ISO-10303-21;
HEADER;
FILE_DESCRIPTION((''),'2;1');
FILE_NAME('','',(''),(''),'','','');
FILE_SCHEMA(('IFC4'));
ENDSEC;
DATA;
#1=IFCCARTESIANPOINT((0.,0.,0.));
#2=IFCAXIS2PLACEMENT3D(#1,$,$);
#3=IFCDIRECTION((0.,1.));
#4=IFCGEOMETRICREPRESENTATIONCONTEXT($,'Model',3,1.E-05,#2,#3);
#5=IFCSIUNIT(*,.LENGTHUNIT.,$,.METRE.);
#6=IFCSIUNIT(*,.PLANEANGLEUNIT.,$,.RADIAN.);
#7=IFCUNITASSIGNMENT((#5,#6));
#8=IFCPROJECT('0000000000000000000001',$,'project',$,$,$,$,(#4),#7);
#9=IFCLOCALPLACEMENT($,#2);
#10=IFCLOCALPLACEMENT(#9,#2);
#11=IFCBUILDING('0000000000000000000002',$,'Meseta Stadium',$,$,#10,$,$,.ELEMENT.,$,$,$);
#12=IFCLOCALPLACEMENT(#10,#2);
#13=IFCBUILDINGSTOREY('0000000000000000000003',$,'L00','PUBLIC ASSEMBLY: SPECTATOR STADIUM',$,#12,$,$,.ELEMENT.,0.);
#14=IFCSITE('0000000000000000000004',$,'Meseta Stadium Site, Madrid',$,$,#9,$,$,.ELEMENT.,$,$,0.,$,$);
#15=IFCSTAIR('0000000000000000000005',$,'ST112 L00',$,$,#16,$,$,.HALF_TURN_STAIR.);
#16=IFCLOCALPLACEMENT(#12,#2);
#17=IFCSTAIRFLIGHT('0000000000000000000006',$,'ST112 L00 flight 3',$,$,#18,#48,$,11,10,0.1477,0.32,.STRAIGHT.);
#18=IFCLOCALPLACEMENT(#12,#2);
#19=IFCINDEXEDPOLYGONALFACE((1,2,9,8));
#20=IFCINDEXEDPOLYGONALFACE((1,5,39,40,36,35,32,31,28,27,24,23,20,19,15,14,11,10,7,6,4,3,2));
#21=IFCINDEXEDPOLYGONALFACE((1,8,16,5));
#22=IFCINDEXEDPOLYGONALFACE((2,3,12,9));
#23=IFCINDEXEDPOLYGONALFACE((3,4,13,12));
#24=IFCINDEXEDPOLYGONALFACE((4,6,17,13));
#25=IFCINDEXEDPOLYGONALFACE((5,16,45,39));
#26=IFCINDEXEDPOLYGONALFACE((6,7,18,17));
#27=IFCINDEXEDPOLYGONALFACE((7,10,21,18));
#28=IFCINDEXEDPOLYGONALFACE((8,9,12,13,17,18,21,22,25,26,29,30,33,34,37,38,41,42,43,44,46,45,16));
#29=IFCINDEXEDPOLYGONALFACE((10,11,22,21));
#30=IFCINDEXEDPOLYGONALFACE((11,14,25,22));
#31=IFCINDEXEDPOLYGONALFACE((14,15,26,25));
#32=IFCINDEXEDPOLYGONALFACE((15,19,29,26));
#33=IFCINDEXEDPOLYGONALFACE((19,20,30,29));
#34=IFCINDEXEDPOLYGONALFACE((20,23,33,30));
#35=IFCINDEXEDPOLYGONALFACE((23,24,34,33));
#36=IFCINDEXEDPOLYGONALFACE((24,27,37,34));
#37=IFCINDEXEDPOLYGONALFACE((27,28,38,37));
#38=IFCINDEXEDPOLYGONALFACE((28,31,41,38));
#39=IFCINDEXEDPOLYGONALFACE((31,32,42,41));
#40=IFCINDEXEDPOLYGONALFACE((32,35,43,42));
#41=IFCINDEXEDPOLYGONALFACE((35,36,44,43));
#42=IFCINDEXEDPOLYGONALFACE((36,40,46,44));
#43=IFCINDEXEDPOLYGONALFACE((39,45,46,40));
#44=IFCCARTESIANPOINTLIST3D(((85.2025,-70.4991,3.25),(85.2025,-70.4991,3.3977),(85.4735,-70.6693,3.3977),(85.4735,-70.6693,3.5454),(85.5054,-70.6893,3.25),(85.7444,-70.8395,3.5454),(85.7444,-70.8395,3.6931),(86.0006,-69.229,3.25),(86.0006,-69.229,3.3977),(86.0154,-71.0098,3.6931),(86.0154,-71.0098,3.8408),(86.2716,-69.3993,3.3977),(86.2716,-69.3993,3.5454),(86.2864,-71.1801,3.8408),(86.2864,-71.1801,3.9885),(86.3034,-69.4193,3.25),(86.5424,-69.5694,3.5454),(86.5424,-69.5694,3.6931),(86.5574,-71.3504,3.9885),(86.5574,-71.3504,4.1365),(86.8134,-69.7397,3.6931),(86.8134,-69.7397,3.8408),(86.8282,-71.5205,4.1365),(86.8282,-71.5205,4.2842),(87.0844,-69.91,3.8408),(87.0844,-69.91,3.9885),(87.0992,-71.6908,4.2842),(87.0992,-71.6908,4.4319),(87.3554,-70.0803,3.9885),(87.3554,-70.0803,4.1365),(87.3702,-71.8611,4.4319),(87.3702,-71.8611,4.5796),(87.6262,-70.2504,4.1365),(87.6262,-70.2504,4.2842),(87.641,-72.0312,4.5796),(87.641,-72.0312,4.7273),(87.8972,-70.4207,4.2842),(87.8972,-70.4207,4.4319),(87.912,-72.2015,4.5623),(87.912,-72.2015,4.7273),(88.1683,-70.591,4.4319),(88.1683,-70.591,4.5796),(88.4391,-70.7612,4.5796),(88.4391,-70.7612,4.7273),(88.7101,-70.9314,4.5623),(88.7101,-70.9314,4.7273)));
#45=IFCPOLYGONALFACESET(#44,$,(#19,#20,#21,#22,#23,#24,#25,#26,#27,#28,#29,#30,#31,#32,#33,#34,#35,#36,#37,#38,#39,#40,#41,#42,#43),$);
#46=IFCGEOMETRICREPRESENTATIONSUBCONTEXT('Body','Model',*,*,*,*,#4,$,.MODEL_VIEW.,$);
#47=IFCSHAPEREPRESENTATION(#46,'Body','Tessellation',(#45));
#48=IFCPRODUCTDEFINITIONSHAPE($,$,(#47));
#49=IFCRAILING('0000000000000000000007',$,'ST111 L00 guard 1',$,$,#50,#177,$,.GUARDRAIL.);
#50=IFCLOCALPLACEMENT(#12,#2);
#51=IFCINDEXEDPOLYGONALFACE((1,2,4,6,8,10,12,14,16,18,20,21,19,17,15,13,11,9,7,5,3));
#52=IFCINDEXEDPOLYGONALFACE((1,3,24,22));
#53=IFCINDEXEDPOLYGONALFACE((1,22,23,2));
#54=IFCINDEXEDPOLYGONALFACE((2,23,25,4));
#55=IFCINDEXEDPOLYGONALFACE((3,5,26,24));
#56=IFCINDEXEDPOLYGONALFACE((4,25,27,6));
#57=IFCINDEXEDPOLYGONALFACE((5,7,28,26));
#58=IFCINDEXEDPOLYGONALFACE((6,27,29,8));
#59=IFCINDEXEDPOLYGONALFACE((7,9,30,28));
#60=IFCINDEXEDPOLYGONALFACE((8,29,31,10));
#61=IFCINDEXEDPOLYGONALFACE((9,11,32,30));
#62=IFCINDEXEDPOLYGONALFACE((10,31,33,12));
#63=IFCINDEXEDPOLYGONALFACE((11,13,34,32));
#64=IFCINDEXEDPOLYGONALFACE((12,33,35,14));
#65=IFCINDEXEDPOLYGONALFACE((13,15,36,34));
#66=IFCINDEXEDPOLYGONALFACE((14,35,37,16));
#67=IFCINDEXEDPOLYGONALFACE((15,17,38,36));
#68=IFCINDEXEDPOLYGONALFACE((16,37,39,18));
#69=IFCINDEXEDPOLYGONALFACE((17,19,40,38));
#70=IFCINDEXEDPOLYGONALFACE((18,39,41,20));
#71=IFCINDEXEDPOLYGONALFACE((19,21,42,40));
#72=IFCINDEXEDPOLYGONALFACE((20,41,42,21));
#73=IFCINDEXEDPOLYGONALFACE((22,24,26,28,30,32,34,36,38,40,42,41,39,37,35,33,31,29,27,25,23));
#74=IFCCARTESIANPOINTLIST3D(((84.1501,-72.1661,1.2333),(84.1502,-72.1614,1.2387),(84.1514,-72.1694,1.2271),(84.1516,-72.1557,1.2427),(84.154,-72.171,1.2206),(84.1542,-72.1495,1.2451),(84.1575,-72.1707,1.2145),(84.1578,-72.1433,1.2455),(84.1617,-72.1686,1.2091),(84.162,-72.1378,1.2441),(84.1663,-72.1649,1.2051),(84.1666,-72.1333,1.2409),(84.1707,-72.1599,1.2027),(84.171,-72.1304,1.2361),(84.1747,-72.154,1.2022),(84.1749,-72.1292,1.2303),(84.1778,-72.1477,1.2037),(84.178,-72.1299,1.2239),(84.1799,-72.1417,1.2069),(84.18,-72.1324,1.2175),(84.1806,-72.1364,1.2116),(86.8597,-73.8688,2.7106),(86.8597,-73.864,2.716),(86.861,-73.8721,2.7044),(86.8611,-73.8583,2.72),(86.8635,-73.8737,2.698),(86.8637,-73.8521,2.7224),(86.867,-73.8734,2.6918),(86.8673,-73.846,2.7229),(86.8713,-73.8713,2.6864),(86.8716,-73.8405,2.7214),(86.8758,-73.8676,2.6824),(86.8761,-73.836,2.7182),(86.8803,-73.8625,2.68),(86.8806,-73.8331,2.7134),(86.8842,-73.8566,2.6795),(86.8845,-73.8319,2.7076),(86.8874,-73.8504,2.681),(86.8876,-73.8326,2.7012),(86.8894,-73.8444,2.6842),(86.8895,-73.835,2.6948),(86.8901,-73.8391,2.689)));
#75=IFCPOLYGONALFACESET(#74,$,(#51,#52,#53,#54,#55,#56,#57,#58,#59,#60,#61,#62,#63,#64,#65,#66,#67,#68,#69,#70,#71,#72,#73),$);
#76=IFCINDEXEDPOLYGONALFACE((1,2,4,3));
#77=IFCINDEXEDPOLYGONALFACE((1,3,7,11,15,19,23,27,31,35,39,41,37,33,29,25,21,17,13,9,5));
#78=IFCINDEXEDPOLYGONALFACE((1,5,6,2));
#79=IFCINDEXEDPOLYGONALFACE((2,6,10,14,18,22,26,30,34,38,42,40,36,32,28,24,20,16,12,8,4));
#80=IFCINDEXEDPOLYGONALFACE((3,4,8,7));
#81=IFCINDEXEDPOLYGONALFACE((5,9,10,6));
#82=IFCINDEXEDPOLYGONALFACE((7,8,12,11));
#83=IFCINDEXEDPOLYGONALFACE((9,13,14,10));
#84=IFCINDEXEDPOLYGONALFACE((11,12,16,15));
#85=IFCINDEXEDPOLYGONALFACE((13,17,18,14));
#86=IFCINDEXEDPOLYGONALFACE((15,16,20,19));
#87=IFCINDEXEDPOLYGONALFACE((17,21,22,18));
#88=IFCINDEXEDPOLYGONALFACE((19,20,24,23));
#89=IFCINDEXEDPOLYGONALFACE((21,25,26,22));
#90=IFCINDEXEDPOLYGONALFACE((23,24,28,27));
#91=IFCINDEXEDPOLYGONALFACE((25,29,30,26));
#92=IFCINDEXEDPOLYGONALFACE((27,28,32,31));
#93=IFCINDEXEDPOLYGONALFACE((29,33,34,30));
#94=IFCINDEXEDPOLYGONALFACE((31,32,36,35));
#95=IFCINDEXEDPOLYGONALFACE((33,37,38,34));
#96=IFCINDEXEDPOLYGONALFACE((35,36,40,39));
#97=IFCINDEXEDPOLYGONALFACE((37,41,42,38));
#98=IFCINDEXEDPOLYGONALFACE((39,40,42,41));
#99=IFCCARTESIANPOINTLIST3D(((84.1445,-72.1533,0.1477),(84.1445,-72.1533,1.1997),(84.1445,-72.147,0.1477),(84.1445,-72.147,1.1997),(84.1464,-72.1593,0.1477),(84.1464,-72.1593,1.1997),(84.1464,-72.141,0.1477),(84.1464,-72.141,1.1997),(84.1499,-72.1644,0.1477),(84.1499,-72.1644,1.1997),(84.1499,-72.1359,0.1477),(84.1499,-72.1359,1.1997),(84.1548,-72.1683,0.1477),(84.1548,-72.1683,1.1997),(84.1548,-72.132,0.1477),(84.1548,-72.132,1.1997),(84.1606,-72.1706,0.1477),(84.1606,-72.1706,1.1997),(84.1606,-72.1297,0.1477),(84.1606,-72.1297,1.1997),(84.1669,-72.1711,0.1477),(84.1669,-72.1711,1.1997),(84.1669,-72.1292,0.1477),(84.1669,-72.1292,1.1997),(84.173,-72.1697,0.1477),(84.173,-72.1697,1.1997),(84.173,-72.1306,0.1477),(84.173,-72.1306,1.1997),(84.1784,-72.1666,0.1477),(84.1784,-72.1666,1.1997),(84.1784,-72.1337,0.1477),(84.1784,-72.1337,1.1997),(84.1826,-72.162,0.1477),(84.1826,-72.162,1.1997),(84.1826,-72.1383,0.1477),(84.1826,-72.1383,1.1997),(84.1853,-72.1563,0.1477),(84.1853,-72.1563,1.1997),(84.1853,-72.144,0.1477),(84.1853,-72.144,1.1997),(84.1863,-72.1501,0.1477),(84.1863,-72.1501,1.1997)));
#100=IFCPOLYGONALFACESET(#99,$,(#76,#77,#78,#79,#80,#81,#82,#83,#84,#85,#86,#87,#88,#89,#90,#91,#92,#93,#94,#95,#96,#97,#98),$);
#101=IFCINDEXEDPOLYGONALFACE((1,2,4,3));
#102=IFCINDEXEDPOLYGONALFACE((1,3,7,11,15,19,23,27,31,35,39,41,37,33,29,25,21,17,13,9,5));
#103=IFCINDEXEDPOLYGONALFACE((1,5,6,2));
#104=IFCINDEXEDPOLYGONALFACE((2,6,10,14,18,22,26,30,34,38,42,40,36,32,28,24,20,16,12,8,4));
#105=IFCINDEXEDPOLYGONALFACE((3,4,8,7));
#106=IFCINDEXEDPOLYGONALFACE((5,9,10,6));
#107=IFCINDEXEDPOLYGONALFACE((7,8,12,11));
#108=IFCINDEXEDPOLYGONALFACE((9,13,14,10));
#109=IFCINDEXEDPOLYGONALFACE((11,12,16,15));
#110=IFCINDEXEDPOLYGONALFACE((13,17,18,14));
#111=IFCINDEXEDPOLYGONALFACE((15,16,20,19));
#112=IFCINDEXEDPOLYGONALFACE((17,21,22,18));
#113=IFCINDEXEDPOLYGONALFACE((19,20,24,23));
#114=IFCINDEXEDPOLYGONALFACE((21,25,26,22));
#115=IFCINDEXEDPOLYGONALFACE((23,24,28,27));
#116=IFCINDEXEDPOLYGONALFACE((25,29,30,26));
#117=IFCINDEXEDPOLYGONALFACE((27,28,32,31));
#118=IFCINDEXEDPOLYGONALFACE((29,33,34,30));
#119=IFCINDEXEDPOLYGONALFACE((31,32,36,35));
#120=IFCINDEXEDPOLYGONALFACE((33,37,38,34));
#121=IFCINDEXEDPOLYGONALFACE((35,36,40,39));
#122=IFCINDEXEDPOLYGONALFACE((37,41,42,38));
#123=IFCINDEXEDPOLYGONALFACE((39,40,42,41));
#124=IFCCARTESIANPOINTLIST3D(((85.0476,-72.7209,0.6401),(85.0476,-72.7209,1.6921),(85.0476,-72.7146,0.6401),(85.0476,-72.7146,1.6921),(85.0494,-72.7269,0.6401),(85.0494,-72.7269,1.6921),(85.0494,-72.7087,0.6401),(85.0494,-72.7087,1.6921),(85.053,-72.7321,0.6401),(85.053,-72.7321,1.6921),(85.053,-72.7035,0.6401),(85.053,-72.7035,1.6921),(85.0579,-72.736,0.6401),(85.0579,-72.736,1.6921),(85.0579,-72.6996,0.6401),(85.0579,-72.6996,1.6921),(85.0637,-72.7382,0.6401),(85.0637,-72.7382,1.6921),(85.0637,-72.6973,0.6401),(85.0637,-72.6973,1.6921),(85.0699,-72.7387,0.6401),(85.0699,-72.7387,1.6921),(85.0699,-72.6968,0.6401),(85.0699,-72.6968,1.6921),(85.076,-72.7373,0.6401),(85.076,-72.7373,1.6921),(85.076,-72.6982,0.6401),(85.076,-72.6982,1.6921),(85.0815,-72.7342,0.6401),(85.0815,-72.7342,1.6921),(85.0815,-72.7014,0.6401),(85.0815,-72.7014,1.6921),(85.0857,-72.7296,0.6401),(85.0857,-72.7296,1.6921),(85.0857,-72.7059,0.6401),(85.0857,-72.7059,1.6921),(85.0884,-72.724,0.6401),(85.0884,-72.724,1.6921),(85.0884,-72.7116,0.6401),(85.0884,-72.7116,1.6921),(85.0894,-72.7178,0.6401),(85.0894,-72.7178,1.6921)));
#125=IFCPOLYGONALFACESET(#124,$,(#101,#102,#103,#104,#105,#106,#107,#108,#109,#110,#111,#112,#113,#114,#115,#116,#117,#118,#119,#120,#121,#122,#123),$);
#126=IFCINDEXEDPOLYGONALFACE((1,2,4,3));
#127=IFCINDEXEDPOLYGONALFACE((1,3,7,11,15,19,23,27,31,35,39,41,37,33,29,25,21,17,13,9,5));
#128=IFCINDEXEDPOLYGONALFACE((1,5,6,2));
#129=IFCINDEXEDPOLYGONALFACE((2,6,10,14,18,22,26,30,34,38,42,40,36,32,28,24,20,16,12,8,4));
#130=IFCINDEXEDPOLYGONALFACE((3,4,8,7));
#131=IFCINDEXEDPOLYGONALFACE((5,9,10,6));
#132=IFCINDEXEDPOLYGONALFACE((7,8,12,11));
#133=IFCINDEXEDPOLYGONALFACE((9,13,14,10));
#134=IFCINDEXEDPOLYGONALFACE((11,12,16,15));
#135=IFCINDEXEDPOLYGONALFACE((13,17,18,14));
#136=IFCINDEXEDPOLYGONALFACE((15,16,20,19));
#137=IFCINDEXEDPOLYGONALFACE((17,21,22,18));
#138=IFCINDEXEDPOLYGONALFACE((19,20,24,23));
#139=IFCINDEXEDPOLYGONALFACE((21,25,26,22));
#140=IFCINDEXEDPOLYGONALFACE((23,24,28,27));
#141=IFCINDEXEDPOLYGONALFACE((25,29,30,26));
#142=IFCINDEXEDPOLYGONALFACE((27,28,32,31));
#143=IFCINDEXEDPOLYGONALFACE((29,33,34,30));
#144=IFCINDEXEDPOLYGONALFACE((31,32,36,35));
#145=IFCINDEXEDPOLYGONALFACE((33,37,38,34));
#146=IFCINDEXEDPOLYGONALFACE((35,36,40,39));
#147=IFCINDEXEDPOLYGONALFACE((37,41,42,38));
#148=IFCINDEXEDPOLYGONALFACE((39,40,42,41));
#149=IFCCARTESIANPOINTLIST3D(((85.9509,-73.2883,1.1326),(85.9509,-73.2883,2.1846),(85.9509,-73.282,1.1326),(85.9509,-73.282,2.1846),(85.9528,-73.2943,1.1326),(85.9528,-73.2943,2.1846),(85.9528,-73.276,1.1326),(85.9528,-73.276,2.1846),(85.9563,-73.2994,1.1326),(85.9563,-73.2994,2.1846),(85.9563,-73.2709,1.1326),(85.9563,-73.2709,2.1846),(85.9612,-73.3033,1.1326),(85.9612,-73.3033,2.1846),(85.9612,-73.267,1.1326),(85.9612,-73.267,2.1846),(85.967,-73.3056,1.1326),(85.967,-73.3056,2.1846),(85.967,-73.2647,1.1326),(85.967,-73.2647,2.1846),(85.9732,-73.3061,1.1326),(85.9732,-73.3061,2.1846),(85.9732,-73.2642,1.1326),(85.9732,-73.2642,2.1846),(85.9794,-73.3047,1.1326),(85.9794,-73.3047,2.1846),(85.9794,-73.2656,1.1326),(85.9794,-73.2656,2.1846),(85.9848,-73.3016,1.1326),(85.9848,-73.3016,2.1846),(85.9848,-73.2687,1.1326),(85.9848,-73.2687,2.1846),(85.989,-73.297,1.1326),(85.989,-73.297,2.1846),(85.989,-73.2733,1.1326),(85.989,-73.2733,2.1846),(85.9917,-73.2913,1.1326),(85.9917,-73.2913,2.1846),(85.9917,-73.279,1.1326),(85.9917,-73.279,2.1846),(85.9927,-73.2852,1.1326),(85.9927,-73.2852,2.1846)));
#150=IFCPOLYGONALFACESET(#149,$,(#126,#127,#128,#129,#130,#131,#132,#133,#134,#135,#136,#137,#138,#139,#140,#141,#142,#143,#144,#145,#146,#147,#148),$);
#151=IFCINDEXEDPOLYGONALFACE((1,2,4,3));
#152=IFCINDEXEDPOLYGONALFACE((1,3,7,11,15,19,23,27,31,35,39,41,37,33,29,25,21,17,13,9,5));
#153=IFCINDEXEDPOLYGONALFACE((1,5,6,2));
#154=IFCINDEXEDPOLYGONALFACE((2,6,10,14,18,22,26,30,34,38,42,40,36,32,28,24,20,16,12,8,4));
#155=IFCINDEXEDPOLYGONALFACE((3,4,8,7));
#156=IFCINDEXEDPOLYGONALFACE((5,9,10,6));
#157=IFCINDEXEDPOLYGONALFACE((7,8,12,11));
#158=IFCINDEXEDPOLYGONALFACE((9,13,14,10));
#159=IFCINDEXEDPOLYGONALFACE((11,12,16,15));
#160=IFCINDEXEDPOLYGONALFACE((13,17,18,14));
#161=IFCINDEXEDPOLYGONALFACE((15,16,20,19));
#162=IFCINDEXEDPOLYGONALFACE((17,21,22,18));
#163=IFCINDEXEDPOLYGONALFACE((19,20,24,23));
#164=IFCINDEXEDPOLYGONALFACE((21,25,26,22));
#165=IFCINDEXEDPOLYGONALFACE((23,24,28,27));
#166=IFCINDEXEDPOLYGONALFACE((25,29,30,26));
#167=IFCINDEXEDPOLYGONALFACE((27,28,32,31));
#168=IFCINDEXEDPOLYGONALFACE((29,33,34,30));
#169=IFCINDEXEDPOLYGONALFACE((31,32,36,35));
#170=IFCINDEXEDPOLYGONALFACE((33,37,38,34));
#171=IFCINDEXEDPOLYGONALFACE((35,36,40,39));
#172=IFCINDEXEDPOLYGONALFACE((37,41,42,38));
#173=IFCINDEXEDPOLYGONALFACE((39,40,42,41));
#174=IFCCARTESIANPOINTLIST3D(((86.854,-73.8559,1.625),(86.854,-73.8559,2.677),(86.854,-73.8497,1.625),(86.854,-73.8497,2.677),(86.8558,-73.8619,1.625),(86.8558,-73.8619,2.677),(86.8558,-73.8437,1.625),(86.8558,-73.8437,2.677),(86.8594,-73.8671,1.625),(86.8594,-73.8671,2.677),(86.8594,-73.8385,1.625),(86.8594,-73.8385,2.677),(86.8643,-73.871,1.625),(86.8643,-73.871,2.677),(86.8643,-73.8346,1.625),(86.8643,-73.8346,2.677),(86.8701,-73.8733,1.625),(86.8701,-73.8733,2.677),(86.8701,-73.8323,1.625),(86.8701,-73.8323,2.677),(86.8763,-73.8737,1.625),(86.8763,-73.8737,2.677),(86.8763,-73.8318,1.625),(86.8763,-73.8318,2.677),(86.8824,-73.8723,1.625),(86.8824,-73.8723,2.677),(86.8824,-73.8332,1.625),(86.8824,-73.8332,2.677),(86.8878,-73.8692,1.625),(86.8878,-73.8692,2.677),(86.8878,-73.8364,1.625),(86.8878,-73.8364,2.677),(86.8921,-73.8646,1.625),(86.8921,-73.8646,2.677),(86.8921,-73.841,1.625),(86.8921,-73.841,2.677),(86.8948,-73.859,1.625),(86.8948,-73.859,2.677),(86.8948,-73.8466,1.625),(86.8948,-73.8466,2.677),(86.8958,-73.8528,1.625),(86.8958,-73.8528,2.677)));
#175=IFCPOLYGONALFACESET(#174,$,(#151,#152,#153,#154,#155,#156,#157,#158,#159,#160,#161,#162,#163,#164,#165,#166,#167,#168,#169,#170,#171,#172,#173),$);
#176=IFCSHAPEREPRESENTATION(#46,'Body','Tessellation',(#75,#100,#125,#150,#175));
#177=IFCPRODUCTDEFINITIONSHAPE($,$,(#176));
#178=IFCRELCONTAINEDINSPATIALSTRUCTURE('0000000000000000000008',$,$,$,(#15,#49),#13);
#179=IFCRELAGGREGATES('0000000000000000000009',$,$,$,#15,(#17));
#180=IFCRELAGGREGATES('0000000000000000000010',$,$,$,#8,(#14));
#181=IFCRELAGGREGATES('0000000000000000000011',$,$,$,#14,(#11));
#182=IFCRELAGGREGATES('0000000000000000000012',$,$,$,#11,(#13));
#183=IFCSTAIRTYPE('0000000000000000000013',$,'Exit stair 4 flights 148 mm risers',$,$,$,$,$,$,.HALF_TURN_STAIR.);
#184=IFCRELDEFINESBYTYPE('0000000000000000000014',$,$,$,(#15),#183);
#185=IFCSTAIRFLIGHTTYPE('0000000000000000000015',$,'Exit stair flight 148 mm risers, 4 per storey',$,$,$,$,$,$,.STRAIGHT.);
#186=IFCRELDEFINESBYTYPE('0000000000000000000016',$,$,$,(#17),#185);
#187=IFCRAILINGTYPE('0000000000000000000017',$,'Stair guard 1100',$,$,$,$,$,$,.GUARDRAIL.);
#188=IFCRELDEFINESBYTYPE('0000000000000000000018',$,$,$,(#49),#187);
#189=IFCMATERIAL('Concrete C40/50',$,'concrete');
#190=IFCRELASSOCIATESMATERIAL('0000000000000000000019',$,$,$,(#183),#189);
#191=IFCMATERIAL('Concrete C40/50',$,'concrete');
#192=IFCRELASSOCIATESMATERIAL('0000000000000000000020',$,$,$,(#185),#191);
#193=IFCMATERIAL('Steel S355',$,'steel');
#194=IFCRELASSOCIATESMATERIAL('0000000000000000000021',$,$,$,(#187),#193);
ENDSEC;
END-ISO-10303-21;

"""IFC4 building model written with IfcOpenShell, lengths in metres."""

from ifc_helpers import new_model, si_unit, direction, frame, origin, origin_2d, place, context, subcontext, project, spatial, polyline, circle, outline, extrude, material, type_object, element, aggregate, save


model = new_model("IFC4")

# Units and contexts
model_context = context("Model", 3, precision=1e-05, world=origin(), true_north=direction((0.0, 1.0)))
body_context = subcontext(model_context, "Body", "Model", "MODEL_VIEW")
ifc_project = project(units=[si_unit("LENGTHUNIT", "METRE"), si_unit("PLANEANGLEUNIT", "RADIAN")], contexts=[model_context])

# Site, building, storey
site_placement = place(None, origin())
site = spatial("IfcSite", under=ifc_project, at=site_placement, Name="Meseta Stadium Site, Madrid", CompositionType="ELEMENT", RefElevation=0.0)
building_placement = place(site_placement, origin())
building = spatial("IfcBuilding", under=site, at=building_placement, Name="Meseta Stadium", CompositionType="ELEMENT")
storey_placement = place(building_placement, origin())
storey = spatial("IfcBuildingStorey", under=building, at=storey_placement, Name="L00", Description="PUBLIC ASSEMBLY: SPECTATOR STADIUM", CompositionType="ELEMENT", Elevation=0.0)

# Stair, stair flight
ifc_material_1 = material(Name="Concrete C40/50", Category="concrete")
stair_type = type_object("IfcStairType", Name="Exit stair 4 flights 148 mm risers", PredefinedType="HALF_TURN_STAIR", material=ifc_material_1)
ifc_material_2 = material(Name="Concrete C40/50", Category="concrete")
stair_flight_type = type_object("IfcStairFlightType", Name="Exit stair flight 148 mm risers, 4 per storey", PredefinedType="STRAIGHT", material=ifc_material_2)
stair_1_placement = place(storey_placement, origin())
stair_1 = element("IfcStair", 1, at=stair_1_placement, inside=storey, type_object=stair_type, Name="ST112 L00", PredefinedType="HALF_TURN_STAIR")
stair_flight_1_placement = place(storey_placement, frame((85.6016, -69.864, 3.25), z_axis=(0.0, 0.0, 1.0), x_axis=(0.846724, -0.532032, 0.0)))
stair_flight_1 = element("IfcStairFlight", 2, at=stair_flight_1_placement, type_object=stair_flight_type, Name="ST112 L00 flight 3", NumberOfRisers=11, NumberOfTreads=10, PredefinedType="STRAIGHT", RiserHeight=0.1477, TreadLength=0.32, context=body_context, shape_type="SweptSolid", body=[
    extrude(outline(polyline([(0.0, 0.0), (0.0, 0.1477), (0.3201, 0.1477), (0.3201, 0.2954), (0.6399, 0.2954), (0.6399, 0.4431), (0.96, 0.4431), (0.96, 0.5908), (1.28, 0.5908), (1.28, 0.7385), (1.6001, 0.7385), (1.6001, 0.8865), (1.9199, 0.8865), (1.9199, 1.0342), (2.24, 1.0342), (2.24, 1.1819), (2.5601, 1.1819), (2.5601, 1.3296), (2.8799, 1.3296), (2.8799, 1.4773), (3.2, 1.4773), (3.2, 1.3123), (0.3577, 0.0), (0.0, 0.0)])), frame((0.0, 0.75, 0.0), z_axis=(0.0, -1.0, 0.0), x_axis=(1.0, 0.0, 0.0)), (0.0, 0.0, 1.0), 1.5),
])
aggregate(stair_1, [stair_flight_1])

# Railing
ifc_material_3 = material(Name="Steel S355", Category="steel")
railing_type_1 = type_object("IfcRailingType", Name="Stair guard 1100", PredefinedType="GUARDRAIL", material=ifc_material_3)
railing_1_placement = place(storey_placement, frame((84.1653, -72.1501, 0.1477)))
element("IfcRailing", 3, at=railing_1_placement, inside=storey, type_object=railing_type_1, Name="ST111 L00 guard 1", PredefinedType="GUARDRAIL", context=body_context, shape_type="SweptSolid", body=[
    extrude(circle(Radius=0.0239, at=origin_2d()), frame((0.0, 0.0, 1.0762), z_axis=(0.768738, -0.483076, 0.419142), x_axis=(0.532068, 0.846701, 0.0)), (0.0, 0.0, 1.0), 3.5247),
    extrude(circle(Radius=0.021, at=origin_2d()), origin(), (0.0, 0.0, 1.0), 1.052),
    extrude(circle(Radius=0.021, at=origin_2d()), frame((0.9031, -0.5676, 0.4924)), (0.0, 0.0, 1.0), 1.052),
    extrude(circle(Radius=0.021, at=origin_2d()), frame((1.8064, -1.135, 0.9849)), (0.0, 0.0, 1.0), 1.052),
    extrude(circle(Radius=0.021, at=origin_2d()), frame((2.7095, -1.7026, 1.4773)), (0.0, 0.0, 1.0), 1.052),
])

save(model, "model.ifc")
